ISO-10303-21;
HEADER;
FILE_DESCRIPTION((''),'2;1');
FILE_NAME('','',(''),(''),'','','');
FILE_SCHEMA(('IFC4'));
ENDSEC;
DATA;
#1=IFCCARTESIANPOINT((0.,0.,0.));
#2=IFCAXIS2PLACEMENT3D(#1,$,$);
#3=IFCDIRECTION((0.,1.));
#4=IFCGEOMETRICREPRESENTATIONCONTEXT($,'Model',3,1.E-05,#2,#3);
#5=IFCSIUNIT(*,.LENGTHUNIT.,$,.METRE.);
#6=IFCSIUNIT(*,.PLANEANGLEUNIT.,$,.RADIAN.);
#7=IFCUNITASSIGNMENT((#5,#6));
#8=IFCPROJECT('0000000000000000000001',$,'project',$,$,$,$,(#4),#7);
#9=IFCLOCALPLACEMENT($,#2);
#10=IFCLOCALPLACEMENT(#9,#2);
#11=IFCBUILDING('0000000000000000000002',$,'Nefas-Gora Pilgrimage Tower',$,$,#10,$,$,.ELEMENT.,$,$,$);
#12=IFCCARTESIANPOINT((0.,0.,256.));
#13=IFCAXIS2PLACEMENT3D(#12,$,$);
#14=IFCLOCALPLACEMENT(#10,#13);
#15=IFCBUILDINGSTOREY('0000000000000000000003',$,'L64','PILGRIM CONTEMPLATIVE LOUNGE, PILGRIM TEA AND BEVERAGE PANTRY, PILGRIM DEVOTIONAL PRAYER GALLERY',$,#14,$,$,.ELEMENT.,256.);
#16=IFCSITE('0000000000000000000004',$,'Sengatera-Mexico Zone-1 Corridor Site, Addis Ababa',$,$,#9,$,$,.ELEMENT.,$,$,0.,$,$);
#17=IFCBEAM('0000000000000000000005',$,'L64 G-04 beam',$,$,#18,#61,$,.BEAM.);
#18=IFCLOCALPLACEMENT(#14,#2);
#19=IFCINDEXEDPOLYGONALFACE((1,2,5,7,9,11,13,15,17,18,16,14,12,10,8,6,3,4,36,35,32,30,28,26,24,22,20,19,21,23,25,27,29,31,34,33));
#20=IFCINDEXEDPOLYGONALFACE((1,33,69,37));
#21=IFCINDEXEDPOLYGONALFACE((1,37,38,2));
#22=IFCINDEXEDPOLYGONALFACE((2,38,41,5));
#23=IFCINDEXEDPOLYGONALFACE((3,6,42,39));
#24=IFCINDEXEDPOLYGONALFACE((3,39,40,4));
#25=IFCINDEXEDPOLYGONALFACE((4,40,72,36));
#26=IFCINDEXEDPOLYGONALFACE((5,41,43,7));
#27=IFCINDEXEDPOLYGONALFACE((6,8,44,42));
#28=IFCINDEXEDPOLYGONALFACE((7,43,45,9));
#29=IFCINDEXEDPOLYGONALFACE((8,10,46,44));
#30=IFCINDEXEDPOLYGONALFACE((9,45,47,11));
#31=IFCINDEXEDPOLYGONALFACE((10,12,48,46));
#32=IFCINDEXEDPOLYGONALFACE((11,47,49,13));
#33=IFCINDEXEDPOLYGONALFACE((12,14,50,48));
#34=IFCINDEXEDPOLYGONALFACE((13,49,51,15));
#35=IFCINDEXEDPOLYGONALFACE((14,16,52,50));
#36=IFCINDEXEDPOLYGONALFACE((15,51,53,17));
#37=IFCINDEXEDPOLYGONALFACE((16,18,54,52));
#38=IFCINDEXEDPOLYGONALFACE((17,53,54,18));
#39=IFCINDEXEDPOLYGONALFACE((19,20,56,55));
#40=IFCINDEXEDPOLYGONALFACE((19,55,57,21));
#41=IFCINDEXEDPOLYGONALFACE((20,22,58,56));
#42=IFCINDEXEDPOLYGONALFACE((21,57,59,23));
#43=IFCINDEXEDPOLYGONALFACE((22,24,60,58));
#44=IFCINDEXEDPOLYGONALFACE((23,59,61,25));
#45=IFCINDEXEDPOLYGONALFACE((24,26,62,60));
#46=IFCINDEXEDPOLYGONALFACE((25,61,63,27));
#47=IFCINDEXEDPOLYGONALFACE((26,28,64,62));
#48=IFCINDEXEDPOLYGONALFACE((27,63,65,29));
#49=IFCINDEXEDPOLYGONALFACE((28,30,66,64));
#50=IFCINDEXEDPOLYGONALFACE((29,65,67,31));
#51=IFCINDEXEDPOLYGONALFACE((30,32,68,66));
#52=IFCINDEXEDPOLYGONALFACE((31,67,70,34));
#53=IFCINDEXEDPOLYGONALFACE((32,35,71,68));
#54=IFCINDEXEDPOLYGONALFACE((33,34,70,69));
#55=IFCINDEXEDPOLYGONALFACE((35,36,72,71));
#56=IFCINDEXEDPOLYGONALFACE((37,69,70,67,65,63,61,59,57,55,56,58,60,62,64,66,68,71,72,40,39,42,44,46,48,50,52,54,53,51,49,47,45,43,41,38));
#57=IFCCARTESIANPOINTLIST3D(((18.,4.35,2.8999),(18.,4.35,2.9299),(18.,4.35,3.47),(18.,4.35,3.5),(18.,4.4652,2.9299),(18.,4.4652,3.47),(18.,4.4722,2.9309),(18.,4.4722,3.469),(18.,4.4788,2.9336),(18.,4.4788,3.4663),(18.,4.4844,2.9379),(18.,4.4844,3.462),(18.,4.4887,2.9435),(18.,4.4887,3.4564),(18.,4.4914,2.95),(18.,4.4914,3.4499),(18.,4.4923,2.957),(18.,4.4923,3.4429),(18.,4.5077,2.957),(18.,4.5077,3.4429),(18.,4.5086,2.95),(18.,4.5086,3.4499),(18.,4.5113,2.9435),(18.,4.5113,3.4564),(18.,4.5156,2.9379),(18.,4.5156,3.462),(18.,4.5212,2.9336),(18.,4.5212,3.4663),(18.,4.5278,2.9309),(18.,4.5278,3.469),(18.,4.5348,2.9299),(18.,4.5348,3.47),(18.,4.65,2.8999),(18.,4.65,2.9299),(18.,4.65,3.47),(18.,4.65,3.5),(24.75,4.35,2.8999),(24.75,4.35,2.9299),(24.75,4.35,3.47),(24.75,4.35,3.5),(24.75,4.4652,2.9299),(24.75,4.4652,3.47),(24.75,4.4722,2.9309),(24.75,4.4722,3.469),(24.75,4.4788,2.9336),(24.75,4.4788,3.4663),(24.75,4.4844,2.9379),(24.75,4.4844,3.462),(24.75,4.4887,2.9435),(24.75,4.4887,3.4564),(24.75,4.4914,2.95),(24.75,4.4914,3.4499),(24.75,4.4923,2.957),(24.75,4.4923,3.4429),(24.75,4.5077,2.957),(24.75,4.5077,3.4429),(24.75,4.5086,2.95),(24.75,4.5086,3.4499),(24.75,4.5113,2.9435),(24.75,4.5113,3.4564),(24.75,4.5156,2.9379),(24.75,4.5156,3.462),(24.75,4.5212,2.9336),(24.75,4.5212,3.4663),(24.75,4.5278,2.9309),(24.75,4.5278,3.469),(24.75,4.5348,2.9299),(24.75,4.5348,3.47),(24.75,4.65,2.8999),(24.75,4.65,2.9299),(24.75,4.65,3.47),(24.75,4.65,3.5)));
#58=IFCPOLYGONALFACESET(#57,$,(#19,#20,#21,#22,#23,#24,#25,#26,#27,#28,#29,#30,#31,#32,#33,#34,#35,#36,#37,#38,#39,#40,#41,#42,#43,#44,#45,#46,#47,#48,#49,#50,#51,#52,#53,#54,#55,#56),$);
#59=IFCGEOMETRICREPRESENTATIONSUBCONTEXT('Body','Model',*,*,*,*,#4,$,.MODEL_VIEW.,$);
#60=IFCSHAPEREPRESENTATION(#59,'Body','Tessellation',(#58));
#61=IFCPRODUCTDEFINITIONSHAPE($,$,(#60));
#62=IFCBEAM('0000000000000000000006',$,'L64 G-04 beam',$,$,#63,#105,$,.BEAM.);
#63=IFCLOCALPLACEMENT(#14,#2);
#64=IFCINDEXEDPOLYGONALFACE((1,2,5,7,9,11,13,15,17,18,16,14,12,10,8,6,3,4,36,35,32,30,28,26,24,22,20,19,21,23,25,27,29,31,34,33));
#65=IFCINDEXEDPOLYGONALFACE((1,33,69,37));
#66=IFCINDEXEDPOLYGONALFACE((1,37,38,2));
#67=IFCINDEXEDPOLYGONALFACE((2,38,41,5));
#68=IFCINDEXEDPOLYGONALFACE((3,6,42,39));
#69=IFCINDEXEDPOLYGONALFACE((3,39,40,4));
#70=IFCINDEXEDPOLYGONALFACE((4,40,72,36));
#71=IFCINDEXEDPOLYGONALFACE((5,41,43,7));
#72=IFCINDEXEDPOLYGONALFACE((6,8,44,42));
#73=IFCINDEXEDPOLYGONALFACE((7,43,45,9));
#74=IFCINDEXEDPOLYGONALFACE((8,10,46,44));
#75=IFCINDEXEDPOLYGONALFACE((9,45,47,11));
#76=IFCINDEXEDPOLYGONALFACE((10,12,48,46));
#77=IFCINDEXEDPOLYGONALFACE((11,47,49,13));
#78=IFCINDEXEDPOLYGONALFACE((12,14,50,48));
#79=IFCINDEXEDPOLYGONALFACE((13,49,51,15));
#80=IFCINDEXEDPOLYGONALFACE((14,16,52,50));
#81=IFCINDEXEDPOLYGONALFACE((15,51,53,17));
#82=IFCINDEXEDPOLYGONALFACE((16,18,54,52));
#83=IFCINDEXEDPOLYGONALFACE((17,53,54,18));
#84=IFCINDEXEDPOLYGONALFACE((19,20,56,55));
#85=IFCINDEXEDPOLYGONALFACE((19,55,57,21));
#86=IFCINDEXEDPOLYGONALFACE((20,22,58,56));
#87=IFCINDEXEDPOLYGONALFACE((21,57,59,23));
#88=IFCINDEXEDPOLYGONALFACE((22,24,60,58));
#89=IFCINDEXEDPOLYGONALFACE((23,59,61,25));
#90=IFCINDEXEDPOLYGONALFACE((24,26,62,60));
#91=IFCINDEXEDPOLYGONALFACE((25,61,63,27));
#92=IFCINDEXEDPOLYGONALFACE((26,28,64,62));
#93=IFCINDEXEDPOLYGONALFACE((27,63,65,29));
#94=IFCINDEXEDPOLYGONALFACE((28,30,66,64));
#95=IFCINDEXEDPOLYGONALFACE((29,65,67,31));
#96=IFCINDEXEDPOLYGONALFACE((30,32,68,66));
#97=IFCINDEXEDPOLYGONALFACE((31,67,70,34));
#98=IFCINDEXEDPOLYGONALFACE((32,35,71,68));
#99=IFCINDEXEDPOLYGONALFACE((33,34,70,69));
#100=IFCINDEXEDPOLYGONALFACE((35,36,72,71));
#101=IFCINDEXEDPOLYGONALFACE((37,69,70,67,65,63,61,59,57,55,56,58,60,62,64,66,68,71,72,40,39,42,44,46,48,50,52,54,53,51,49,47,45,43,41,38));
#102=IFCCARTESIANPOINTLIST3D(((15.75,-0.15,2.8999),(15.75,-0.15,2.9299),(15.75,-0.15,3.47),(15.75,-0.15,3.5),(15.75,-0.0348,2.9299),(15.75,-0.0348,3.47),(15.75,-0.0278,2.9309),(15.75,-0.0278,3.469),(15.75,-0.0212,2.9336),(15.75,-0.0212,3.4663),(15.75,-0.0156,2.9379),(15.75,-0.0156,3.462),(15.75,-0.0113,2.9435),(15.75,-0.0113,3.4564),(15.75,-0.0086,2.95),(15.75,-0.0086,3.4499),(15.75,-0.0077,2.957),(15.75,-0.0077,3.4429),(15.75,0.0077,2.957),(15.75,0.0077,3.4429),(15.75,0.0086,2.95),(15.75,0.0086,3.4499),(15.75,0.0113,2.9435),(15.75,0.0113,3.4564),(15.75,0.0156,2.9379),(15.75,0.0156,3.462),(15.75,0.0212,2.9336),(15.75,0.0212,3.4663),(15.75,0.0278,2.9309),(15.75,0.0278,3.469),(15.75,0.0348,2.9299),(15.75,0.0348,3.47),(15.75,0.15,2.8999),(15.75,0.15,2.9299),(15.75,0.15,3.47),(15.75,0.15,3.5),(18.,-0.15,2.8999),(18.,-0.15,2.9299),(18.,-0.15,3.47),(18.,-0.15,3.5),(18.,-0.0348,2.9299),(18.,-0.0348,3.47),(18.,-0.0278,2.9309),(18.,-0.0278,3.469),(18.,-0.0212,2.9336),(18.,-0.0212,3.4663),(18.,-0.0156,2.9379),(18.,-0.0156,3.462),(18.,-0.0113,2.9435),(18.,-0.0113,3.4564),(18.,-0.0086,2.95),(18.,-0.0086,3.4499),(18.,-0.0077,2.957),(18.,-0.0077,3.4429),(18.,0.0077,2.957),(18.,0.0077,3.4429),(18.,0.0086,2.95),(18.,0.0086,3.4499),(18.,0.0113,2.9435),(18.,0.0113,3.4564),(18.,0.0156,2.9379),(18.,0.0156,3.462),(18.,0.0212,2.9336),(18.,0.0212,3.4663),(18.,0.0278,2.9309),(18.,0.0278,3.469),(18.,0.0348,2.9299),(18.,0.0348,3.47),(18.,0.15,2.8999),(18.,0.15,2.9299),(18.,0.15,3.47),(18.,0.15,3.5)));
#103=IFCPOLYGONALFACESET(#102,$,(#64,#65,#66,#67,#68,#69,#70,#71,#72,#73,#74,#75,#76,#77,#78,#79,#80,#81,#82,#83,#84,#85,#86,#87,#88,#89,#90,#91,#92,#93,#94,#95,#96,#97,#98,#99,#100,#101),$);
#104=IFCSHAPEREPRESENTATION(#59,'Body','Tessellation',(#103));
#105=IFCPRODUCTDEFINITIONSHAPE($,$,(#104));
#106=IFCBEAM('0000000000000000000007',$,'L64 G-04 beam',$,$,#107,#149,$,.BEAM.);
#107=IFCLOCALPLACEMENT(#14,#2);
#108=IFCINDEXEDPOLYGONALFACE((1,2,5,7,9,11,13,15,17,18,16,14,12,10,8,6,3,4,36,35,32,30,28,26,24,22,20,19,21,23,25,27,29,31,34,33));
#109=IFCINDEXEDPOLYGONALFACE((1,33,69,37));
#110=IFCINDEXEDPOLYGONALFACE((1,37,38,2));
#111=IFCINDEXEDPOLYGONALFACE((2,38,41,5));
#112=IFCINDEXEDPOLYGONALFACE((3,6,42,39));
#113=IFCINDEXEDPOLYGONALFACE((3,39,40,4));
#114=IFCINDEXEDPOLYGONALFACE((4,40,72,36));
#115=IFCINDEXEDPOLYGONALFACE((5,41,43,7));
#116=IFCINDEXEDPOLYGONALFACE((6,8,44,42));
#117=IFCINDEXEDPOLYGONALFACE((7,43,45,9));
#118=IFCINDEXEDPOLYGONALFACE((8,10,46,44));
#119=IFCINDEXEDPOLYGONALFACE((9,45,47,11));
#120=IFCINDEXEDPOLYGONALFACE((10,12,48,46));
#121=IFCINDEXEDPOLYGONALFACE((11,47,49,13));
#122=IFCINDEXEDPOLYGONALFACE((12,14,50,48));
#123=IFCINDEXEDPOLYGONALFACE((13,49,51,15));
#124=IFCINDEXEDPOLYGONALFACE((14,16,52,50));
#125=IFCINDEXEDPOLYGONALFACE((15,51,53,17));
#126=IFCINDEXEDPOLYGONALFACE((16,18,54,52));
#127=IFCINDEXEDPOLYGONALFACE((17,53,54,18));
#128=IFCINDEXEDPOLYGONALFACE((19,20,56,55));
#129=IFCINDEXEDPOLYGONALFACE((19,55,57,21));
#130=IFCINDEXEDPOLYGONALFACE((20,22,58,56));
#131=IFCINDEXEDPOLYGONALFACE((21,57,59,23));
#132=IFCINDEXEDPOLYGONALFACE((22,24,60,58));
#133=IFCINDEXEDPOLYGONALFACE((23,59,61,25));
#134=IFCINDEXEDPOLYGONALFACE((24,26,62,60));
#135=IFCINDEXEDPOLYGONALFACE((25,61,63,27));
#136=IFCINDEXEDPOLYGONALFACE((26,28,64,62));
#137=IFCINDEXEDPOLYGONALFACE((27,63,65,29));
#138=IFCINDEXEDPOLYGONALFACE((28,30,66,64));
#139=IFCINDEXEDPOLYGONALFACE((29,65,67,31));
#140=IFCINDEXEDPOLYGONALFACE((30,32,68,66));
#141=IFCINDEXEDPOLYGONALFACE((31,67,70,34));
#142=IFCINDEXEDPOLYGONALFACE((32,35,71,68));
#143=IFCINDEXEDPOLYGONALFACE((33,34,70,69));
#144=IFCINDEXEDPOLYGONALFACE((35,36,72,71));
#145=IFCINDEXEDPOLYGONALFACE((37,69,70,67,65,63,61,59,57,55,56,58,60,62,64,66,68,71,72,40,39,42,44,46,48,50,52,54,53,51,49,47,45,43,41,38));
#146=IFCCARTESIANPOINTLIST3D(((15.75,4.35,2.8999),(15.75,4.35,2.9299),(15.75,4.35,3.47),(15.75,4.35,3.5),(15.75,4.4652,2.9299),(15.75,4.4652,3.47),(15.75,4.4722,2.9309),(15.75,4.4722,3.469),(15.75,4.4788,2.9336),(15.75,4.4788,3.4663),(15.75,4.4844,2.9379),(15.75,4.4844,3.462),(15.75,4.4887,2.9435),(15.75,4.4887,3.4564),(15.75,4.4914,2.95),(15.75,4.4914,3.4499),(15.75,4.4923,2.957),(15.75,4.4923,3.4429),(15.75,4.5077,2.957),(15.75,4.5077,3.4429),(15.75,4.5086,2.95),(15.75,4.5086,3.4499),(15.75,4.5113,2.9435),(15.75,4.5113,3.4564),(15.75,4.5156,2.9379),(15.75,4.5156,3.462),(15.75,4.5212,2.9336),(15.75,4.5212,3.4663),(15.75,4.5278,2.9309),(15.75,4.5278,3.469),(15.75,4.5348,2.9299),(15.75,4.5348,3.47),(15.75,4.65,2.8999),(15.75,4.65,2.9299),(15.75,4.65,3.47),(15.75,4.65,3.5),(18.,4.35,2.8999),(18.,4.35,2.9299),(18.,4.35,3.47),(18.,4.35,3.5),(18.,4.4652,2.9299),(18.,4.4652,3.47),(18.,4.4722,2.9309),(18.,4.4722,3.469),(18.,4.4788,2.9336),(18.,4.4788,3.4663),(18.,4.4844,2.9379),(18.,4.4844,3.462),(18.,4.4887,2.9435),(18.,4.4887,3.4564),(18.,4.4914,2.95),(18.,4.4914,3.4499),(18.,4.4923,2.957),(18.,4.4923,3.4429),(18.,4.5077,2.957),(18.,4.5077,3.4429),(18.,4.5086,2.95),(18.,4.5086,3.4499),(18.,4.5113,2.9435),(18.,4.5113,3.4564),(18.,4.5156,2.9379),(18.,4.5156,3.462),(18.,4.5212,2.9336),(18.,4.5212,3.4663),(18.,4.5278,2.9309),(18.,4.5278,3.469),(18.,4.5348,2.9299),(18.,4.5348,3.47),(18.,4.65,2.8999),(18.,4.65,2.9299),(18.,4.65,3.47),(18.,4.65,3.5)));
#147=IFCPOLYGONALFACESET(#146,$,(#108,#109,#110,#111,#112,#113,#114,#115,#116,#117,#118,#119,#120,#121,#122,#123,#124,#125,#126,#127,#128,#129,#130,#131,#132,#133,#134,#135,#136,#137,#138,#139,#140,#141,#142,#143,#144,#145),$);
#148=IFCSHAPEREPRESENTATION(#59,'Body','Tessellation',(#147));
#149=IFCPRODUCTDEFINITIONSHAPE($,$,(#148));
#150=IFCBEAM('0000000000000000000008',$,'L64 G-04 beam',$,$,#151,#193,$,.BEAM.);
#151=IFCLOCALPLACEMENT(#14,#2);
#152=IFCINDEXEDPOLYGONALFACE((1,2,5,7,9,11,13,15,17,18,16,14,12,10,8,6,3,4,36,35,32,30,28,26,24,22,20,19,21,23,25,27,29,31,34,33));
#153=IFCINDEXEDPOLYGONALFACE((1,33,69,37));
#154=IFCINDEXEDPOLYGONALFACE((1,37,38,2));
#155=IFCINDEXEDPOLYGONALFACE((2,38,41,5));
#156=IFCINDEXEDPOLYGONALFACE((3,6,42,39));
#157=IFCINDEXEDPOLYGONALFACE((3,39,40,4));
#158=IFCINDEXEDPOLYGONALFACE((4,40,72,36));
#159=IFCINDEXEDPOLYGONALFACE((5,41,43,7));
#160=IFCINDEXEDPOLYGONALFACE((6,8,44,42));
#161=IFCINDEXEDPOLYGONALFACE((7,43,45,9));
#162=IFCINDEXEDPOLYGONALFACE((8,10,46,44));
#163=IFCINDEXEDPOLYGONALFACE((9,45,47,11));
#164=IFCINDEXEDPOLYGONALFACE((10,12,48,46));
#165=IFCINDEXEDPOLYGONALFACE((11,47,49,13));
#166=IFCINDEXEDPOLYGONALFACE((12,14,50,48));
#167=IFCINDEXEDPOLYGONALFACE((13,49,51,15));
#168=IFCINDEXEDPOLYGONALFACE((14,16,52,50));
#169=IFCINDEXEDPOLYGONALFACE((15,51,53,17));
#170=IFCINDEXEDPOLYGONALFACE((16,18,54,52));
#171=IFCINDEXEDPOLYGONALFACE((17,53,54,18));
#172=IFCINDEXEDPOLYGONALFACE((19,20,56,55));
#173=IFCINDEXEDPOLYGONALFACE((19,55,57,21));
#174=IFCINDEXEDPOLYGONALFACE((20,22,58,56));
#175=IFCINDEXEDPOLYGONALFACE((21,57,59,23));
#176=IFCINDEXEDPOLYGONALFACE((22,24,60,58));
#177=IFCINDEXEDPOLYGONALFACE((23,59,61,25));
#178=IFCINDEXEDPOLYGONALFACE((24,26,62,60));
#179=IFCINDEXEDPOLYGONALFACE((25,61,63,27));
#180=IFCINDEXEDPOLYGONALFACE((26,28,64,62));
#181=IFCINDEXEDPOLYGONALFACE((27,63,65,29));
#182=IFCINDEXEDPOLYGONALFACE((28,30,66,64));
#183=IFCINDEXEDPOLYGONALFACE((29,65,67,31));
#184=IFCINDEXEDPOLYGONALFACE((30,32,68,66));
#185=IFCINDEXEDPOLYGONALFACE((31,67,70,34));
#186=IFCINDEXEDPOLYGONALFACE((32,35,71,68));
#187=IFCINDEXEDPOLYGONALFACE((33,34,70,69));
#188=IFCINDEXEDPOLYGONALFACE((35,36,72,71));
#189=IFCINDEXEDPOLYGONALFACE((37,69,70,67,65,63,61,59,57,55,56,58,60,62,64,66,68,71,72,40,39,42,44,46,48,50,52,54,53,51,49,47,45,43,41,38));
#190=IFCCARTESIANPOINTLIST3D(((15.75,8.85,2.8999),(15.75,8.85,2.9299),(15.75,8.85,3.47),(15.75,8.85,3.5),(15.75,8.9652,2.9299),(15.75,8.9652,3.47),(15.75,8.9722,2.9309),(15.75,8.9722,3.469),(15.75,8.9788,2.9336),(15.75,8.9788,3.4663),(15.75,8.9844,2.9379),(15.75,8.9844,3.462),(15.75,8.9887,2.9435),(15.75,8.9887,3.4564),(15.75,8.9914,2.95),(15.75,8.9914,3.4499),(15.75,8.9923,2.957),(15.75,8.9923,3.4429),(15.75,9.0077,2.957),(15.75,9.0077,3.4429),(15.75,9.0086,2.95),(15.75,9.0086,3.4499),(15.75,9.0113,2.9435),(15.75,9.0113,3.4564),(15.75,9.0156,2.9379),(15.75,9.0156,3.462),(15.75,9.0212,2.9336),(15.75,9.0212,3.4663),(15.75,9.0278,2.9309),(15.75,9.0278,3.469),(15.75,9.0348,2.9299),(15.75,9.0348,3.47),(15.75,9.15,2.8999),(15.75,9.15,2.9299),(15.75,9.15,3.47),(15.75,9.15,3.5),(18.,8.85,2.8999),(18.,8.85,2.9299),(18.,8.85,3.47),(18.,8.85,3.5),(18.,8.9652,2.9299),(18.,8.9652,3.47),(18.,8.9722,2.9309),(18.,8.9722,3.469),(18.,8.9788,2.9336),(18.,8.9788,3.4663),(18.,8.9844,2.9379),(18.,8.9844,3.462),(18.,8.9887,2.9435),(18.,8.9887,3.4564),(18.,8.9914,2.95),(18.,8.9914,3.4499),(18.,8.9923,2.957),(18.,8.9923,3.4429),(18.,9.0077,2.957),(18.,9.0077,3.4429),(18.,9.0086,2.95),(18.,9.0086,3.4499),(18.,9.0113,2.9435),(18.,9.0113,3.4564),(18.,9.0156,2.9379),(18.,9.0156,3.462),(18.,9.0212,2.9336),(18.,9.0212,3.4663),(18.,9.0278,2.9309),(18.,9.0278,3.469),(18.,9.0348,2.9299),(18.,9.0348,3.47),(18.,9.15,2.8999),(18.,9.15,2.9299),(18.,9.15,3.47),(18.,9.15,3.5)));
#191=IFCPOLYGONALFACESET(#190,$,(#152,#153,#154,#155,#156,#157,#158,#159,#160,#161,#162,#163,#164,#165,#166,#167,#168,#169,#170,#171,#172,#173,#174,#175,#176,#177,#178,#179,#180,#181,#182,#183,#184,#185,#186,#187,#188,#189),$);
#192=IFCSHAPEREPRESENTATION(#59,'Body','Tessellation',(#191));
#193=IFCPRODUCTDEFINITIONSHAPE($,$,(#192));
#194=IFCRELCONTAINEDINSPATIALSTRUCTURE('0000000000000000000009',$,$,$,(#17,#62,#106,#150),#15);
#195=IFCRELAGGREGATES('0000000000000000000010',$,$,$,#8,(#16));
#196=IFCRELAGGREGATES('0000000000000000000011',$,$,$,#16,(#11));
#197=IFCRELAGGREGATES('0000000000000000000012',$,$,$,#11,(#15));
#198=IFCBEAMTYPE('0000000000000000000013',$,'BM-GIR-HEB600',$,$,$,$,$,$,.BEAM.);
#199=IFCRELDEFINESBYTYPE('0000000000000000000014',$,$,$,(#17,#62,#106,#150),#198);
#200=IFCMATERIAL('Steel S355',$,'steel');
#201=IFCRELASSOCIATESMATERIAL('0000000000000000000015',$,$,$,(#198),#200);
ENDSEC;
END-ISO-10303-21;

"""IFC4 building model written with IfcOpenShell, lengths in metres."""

from ifc_helpers import new_model, si_unit, direction, frame, origin, origin_2d, place, context, subcontext, project, spatial, i_section, extrude, source, transform, mapped, material, material_profile, profile_set, type_object, element, save


model = new_model("IFC4")

# Units and contexts
model_context = context("Model", 3, precision=1e-05, world=origin(), true_north=direction((0.0, 1.0)))
body_context = subcontext(model_context, "Body", "Model", "MODEL_VIEW")
ifc_project = project(units=[si_unit("LENGTHUNIT", "METRE"), si_unit("PLANEANGLEUNIT", "RADIAN")], contexts=[model_context])

# Site, building, storey
site_placement = place(None, origin())
site = spatial("IfcSite", under=ifc_project, at=site_placement, Name="Sengatera-Mexico Zone-1 Corridor Site, Addis Ababa", CompositionType="ELEMENT", RefElevation=0.0)
building_placement = place(site_placement, origin())
building = spatial("IfcBuilding", under=site, at=building_placement, Name="Nefas-Gora Pilgrimage Tower", CompositionType="ELEMENT")
storey_placement = place(building_placement, frame((0.0, 0.0, 256.0)))
storey = spatial("IfcBuildingStorey", under=building, at=storey_placement, Name="L64", Description="PILGRIM CONTEMPLATIVE LOUNGE, PILGRIM TEA AND BEVERAGE PANTRY, PILGRIM DEVOTIONAL PRAYER GALLERY", CompositionType="ELEMENT", Elevation=256.0)

# Beams
ifc_material_1 = material(Name="Steel S355", Category="steel")
ifc_material_profile_1 = material_profile(ifc_material_1, i_section(OverallWidth=0.3, OverallDepth=0.6001, WebThickness=0.0154, FlangeThickness=0.03, FilletRadius=0.0271, at=origin_2d()), Name="HEB 600")
ifc_profile_set_1 = profile_set([ifc_material_profile_1], Name="Steel S355")
beam_type_1 = type_object("IfcBeamType", Name="BM-GIR-HEB600", PredefinedType="BEAM", material=ifc_profile_set_1)
shared_shape_1 = source(origin(), body_context, "Body", "SweptSolid", [
    extrude(i_section(OverallWidth=0.3, OverallDepth=0.6001, WebThickness=0.0154, FlangeThickness=0.03, FilletRadius=0.0271, at=origin_2d()), origin(), (0.0, 0.0, 1.0), 6.75),
])
for number, where, z_axis, x_axis, name in (
    (1, (18.0, 4.5, 3.2), (1.0, 0.0, 0.0), (0.0, 1.0, 0.0), "L64 G-04 beam"),
):
    element("IfcBeam", number, at=place(storey_placement, frame(where, z_axis=z_axis, x_axis=x_axis)), inside=storey, type_object=beam_type_1, Name=name, PredefinedType="BEAM", context=body_context, shape_type="MappedRepresentation", body=[
        mapped(shared_shape_1, transform((0.0, 0.0, 0.0), x_axis=(1.0, 0.0, 0.0), y_axis=(0.0, 1.0, 0.0), z_axis=(0.0, 0.0, 1.0), scale=1.0)),
    ])
shared_shape_2 = source(origin(), body_context, "Body", "SweptSolid", [
    extrude(i_section(OverallWidth=0.3, OverallDepth=0.6001, WebThickness=0.0154, FlangeThickness=0.03, FilletRadius=0.0271, at=origin_2d()), origin(), (0.0, 0.0, 1.0), 2.25),
])
for number, where, z_axis, x_axis, name in (
    (2, (15.75, 0.0, 3.2), (1.0, 0.0, 0.0), (0.0, 1.0, 0.0), "L64 G-04 beam"),
    (3, (15.75, 4.5, 3.2), (1.0, 0.0, 0.0), (0.0, 1.0, 0.0), "L64 G-04 beam"),
    (4, (15.75, 9.0, 3.2), (1.0, 0.0, 0.0), (0.0, 1.0, 0.0), "L64 G-04 beam"),
):
    element("IfcBeam", number, at=place(storey_placement, frame(where, z_axis=z_axis, x_axis=x_axis)), inside=storey, type_object=beam_type_1, Name=name, PredefinedType="BEAM", context=body_context, shape_type="MappedRepresentation", body=[
        mapped(shared_shape_2, transform((0.0, 0.0, 0.0), x_axis=(1.0, 0.0, 0.0), y_axis=(0.0, 1.0, 0.0), z_axis=(0.0, 0.0, 1.0), scale=1.0)),
    ])

save(model, "model.ifc")
